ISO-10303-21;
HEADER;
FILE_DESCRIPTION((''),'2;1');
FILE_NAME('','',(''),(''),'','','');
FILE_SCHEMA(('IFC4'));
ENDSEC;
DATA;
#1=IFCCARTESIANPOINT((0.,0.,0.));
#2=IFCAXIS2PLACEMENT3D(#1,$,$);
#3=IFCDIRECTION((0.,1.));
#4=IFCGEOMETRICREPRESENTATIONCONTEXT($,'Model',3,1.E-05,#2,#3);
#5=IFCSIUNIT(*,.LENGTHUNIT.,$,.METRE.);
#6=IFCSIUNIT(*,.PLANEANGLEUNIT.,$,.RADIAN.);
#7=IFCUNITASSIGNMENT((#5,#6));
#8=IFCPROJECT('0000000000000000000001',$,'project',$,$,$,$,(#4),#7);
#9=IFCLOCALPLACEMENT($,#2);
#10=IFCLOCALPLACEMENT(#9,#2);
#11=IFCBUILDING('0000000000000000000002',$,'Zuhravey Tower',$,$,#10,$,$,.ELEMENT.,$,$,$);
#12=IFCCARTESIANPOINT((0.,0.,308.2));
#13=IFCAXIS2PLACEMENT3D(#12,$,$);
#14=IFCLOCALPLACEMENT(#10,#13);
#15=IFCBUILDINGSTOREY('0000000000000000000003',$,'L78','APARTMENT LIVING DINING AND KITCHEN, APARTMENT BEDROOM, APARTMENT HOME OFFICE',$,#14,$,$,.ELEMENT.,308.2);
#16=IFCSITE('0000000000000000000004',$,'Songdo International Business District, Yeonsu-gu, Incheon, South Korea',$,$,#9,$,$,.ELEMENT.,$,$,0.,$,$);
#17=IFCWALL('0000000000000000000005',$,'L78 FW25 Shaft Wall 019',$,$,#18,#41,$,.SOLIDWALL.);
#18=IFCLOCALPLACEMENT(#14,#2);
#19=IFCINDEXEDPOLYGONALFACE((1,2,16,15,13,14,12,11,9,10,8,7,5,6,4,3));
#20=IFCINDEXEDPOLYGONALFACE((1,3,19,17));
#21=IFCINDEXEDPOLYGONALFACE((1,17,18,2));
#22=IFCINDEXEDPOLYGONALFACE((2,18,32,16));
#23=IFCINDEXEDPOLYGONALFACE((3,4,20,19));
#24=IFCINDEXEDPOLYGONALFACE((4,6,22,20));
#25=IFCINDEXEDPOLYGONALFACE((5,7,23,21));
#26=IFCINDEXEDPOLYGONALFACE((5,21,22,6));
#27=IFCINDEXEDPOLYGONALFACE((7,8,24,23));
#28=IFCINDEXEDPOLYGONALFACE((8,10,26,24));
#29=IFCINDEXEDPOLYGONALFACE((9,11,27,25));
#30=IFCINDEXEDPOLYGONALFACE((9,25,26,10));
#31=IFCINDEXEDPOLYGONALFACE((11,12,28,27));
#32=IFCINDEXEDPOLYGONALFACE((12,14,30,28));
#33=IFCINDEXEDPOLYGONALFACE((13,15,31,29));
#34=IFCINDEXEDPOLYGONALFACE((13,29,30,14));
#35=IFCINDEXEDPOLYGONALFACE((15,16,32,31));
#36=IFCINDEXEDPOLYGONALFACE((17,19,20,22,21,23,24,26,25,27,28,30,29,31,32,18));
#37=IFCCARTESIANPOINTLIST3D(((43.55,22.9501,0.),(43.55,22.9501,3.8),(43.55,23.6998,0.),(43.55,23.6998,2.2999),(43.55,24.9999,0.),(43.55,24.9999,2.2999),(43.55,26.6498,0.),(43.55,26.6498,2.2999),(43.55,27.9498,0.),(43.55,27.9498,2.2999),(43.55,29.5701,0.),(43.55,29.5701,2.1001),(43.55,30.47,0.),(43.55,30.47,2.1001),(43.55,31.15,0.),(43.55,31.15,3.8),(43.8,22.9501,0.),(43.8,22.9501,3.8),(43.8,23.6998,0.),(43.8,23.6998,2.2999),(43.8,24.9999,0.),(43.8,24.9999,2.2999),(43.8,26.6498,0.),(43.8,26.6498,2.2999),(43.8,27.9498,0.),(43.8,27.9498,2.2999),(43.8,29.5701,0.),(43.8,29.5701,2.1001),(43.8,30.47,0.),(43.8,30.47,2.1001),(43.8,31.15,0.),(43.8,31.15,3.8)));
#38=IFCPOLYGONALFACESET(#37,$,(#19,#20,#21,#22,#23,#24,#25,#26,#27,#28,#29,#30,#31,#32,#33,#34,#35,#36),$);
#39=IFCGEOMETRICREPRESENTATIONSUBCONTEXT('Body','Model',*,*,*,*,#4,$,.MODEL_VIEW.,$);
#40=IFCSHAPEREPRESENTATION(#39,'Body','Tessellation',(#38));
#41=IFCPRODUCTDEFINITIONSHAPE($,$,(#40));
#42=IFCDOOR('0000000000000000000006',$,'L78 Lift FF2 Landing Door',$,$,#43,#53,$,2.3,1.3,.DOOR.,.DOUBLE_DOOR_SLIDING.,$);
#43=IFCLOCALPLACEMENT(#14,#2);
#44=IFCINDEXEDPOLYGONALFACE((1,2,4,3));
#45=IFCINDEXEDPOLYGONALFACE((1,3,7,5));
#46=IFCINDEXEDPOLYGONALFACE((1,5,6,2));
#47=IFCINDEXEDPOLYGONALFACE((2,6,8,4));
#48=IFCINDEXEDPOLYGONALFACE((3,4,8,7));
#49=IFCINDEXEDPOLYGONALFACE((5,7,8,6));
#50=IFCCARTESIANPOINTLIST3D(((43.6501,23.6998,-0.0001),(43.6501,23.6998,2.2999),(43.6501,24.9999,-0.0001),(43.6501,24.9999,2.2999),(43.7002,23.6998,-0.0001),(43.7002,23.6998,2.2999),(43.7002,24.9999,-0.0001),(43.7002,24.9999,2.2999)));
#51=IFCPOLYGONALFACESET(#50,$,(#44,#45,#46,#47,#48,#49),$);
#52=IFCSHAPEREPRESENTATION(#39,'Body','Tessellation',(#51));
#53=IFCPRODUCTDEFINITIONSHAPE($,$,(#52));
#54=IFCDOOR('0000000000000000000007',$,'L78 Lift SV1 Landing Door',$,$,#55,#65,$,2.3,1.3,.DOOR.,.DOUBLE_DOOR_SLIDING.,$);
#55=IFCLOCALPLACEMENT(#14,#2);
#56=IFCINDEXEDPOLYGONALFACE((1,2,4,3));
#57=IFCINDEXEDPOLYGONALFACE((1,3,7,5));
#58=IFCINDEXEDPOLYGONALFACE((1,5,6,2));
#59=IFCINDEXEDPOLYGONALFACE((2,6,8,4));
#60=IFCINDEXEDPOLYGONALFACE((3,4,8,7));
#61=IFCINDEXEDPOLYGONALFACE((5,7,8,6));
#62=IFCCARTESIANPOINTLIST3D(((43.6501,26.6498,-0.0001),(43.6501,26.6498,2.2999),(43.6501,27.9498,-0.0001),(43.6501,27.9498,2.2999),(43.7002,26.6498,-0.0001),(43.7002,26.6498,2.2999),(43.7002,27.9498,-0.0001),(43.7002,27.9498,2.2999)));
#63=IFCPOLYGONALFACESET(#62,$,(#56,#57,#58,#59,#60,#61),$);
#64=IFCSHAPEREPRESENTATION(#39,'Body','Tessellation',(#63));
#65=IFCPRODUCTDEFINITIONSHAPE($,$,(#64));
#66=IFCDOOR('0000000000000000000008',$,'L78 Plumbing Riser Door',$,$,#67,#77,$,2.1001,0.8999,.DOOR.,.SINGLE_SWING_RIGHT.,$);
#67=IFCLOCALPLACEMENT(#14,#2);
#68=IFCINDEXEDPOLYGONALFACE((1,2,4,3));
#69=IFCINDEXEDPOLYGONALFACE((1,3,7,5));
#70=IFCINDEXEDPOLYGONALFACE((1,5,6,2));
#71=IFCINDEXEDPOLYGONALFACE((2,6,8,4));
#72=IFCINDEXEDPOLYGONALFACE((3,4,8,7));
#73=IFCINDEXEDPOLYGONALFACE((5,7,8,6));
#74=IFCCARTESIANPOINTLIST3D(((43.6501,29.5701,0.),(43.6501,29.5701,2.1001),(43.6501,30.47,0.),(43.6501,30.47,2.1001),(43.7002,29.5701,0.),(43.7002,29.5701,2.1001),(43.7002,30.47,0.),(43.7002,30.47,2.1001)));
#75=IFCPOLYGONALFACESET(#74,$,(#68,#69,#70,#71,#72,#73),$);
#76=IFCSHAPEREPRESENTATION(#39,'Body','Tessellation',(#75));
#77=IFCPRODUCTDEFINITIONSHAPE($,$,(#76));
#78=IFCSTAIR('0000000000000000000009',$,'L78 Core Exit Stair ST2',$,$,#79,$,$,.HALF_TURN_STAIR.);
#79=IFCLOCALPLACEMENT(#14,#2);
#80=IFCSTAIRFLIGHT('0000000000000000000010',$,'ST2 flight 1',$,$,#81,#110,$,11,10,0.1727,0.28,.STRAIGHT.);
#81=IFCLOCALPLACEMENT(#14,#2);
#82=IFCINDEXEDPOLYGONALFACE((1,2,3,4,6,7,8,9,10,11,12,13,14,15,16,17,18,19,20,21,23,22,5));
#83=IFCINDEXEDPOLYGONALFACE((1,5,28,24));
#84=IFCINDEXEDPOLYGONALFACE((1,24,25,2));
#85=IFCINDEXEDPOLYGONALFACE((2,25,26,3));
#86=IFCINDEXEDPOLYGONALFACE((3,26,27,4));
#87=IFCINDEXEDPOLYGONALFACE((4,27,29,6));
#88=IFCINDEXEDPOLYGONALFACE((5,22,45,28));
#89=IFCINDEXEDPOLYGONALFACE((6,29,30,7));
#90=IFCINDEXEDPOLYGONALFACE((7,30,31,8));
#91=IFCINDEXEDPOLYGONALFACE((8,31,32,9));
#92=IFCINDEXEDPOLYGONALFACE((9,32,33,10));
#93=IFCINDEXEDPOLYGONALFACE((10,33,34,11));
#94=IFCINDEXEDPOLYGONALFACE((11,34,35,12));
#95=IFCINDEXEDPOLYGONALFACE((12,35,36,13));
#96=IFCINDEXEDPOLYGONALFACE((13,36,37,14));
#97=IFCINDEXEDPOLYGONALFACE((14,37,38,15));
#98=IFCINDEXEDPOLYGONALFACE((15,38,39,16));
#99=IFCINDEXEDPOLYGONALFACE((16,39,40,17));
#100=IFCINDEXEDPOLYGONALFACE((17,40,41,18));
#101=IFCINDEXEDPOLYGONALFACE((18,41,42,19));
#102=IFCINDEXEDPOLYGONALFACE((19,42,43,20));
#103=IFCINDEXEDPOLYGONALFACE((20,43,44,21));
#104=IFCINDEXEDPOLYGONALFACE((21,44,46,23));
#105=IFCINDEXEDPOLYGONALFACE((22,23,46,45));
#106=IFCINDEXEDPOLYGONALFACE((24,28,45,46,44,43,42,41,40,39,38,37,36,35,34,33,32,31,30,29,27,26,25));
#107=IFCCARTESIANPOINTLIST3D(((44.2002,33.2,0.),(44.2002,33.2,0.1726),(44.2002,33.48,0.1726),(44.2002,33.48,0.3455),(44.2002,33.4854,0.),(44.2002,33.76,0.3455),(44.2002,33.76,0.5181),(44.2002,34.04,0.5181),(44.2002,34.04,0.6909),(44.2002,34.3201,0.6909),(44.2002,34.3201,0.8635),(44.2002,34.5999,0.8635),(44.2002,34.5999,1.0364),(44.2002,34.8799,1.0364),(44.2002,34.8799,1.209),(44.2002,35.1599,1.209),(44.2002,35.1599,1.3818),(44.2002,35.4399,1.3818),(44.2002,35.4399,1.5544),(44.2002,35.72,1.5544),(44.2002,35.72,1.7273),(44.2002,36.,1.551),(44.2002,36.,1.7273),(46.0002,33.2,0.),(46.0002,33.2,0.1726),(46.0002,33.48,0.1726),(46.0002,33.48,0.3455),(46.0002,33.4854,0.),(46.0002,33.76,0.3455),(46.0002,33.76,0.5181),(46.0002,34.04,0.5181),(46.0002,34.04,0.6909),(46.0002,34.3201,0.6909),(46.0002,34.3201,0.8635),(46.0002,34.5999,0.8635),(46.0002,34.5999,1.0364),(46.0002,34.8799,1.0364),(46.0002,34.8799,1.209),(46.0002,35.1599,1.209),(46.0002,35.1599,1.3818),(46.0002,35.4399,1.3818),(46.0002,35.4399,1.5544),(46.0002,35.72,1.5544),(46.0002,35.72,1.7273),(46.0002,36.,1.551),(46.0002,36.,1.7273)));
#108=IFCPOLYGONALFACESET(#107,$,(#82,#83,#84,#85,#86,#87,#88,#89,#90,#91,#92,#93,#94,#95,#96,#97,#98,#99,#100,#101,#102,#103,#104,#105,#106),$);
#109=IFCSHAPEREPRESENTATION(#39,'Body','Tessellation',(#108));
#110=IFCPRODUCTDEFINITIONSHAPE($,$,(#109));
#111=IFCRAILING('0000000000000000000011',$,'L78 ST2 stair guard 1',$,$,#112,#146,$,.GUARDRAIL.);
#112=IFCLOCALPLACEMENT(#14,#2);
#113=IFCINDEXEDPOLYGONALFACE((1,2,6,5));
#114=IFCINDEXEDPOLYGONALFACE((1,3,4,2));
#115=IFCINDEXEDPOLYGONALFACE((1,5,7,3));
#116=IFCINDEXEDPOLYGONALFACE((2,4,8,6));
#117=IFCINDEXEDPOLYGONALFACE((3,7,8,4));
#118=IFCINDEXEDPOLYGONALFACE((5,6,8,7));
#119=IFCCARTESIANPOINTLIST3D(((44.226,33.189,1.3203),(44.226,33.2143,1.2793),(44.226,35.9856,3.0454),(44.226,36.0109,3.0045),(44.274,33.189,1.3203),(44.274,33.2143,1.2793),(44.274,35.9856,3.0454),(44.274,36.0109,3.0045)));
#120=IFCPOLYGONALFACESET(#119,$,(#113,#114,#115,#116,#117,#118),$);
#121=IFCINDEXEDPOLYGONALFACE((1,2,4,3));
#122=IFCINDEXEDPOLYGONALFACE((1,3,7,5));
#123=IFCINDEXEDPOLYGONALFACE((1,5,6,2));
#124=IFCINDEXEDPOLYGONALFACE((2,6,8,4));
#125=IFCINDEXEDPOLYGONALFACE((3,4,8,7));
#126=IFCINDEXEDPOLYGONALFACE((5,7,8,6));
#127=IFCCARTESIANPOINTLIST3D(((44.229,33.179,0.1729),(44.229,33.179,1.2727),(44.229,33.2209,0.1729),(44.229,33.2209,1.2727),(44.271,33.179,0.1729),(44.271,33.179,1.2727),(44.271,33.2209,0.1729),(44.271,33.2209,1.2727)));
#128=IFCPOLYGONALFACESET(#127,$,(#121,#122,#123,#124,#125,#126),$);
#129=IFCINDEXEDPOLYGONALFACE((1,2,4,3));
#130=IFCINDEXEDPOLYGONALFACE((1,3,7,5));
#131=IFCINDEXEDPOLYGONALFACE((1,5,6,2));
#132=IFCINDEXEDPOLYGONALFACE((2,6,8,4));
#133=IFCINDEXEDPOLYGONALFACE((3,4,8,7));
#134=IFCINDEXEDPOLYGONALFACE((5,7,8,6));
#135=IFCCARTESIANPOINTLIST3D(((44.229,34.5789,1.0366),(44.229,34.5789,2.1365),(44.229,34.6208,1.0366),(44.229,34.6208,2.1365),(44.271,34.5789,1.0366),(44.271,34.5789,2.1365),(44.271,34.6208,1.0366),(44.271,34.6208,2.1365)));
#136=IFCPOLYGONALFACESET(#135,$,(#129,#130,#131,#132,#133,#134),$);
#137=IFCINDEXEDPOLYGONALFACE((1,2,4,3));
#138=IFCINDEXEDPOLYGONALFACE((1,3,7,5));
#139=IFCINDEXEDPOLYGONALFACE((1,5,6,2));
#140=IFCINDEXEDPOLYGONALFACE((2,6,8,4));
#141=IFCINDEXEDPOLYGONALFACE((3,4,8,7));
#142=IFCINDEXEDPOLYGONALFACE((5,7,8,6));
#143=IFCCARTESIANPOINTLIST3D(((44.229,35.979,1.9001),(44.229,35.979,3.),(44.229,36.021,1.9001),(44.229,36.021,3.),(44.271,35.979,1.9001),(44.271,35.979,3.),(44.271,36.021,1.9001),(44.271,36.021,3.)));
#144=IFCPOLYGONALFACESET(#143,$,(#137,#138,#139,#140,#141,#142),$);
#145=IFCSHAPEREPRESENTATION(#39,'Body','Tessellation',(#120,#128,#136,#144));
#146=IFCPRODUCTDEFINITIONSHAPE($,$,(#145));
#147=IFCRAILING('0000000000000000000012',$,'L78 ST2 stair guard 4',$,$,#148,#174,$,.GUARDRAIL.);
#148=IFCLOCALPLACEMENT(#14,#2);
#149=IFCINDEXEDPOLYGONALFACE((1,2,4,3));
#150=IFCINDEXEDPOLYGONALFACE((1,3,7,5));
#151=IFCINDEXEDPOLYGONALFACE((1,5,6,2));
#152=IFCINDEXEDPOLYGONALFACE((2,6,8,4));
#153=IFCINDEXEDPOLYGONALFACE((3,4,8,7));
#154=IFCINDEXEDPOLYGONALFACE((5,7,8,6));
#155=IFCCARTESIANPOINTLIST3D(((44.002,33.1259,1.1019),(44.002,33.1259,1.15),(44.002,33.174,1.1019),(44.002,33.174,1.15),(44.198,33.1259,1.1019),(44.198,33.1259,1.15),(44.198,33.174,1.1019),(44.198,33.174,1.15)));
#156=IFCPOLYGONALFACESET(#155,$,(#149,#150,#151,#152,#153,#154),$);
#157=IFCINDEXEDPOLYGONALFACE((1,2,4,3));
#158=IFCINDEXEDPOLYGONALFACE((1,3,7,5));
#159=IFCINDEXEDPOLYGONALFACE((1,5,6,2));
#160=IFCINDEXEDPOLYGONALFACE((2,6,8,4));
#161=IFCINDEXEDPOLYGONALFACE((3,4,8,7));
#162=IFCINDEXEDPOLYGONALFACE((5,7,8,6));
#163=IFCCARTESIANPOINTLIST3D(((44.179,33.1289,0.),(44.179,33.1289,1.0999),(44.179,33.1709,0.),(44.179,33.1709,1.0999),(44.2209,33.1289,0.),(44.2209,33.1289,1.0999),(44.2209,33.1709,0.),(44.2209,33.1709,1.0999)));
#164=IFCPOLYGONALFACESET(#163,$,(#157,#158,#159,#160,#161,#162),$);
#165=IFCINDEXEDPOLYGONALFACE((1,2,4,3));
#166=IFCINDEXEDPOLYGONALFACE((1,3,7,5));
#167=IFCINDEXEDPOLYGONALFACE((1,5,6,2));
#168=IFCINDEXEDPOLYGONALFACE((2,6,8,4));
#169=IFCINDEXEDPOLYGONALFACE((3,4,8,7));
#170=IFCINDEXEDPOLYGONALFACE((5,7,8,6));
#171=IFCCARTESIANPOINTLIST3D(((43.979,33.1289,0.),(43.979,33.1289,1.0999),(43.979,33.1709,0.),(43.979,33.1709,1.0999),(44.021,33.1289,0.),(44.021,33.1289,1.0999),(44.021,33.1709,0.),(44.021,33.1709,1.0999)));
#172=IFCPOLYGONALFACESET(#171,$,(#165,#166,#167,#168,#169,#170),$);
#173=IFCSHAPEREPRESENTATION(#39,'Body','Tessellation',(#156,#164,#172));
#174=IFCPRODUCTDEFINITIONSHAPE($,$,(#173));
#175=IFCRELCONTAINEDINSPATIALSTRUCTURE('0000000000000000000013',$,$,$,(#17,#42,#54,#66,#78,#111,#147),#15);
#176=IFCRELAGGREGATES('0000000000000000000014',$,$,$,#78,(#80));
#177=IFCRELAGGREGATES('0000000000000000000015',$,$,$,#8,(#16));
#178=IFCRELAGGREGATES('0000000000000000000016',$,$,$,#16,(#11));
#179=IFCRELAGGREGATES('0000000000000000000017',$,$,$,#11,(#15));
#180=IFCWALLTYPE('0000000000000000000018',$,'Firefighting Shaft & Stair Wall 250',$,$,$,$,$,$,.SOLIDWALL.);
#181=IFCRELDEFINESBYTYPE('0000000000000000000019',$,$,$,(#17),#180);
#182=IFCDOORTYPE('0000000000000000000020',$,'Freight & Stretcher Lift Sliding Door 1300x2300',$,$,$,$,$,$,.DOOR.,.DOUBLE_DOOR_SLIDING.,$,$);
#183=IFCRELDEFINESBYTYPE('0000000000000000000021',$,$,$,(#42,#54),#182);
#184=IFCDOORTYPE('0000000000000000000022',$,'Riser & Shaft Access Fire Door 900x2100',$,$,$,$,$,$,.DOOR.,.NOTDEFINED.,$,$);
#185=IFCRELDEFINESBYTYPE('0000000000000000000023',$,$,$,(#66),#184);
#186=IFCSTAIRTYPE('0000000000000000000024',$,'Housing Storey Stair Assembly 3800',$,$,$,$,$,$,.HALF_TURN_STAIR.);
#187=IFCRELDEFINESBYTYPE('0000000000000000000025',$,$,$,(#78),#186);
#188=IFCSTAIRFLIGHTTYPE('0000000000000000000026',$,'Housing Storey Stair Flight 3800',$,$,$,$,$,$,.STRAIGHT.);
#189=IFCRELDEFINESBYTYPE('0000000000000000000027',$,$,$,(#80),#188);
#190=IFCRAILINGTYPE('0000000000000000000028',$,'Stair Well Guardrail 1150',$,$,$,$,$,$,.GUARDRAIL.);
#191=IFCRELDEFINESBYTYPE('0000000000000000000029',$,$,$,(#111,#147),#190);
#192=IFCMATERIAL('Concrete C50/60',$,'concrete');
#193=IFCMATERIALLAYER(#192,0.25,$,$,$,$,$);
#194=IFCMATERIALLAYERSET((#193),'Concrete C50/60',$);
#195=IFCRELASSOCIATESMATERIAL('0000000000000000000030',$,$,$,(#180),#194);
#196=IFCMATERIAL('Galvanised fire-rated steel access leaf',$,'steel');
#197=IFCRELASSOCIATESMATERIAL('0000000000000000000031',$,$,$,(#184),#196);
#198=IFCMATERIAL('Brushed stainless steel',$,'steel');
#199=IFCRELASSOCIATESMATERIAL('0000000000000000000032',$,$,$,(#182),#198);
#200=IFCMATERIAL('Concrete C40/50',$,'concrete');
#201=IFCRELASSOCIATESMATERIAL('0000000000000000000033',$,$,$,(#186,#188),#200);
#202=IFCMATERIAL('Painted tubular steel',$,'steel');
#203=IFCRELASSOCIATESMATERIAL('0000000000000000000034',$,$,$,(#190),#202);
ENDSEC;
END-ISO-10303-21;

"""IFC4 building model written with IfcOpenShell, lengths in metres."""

from ifc_helpers import new_model, si_unit, direction, frame, frame_2d, origin, origin_2d, place, context, subcontext, project, spatial, polyline, rectangle, outline, extrude, material, layer, layer_set, type_object, element, fill, aggregate, save


model = new_model("IFC4")

# Units and contexts
model_context = context("Model", 3, precision=1e-05, world=origin(), true_north=direction((0.0, 1.0)))
body_context = subcontext(model_context, "Body", "Model", "MODEL_VIEW")
ifc_project = project(units=[si_unit("LENGTHUNIT", "METRE"), si_unit("PLANEANGLEUNIT", "RADIAN")], contexts=[model_context])

# Site, building, storey
site_placement = place(None, origin())
site = spatial("IfcSite", under=ifc_project, at=site_placement, Name="Songdo International Business District, Yeonsu-gu, Incheon, South Korea", CompositionType="ELEMENT", RefElevation=0.0)
building_placement = place(site_placement, origin())
building = spatial("IfcBuilding", under=site, at=building_placement, Name="Zuhravey Tower", CompositionType="ELEMENT")
storey_placement = place(building_placement, frame((0.0, 0.0, 308.2)))
storey = spatial("IfcBuildingStorey", under=building, at=storey_placement, Name="L78", Description="APARTMENT LIVING DINING AND KITCHEN, APARTMENT BEDROOM, APARTMENT HOME OFFICE", CompositionType="ELEMENT", Elevation=308.2)

# Shared definitions
ifc_material_1 = material(Name="Concrete C50/60", Category="concrete")
ifc_layer = layer(ifc_material_1, 0.25)
ifc_layer_set = layer_set([ifc_layer], Name="Concrete C50/60")
wall_type = type_object("IfcWallType", Name="Firefighting Shaft & Stair Wall 250", PredefinedType="SOLIDWALL", material=ifc_layer_set)

# Shared definitions
ifc_material_2 = material(Name="Galvanised fire-rated steel access leaf", Category="steel")
door_type_1 = type_object("IfcDoorType", Name="Riser & Shaft Access Fire Door 900x2100", OperationType="NOTDEFINED", PredefinedType="DOOR", material=ifc_material_2)
ifc_material_3 = material(Name="Brushed stainless steel", Category="steel")

# Wall, openings, doors
wall_1_placement = place(storey_placement, frame((43.675, 22.95, 0.0), z_axis=(0.0, 0.0, 1.0), x_axis=(0.0, 1.0, 0.0)))
wall_1 = element("IfcWall", 1, at=wall_1_placement, inside=storey, type_object=wall_type, Name="L78 FW25 Shaft Wall 019", PredefinedType="SOLIDWALL", context=body_context, shape_type="SweptSolid", body=[
    extrude(rectangle(XDim=8.2, YDim=0.25, at=frame_2d((4.1001, 0.0))), origin(), (0.0, 0.0, 1.0), 3.8),
])
opening_1_placement = place(wall_1_placement, frame((0.75, 0.0, 0.0)))
opening_1 = element("IfcOpeningElement", 2, at=opening_1_placement, cuts=wall_1, PredefinedType="OPENING", context=body_context, shape_type="SweptSolid", body=[
    extrude(rectangle(XDim=1.3, YDim=2.3, at=frame_2d((0.6499, 1.1499))), frame((0.0, 0.137, 0.0), z_axis=(0.0, -1.0, 0.0), x_axis=(1.0, 0.0, 0.0)), (0.0, 0.0, 1.0), 0.2739),
])
opening_2_placement = place(wall_1_placement, frame((3.7, 0.0, 0.0)))
opening_2 = element("IfcOpeningElement", 3, at=opening_2_placement, cuts=wall_1, PredefinedType="OPENING", context=body_context, shape_type="SweptSolid", body=[
    extrude(rectangle(XDim=1.3, YDim=2.3, at=frame_2d((0.6499, 1.1499))), frame((0.0, 0.137, 0.0), z_axis=(0.0, -1.0, 0.0), x_axis=(1.0, 0.0, 0.0)), (0.0, 0.0, 1.0), 0.2739),
])
opening_3_placement = place(wall_1_placement, frame((6.6201, 0.0, 0.0)))
opening_3 = element("IfcOpeningElement", 4, at=opening_3_placement, cuts=wall_1, PredefinedType="OPENING", context=body_context, shape_type="SweptSolid", body=[
    extrude(rectangle(XDim=0.8999, YDim=2.1001, at=frame_2d((0.45, 1.05))), frame((0.0, 0.137, 0.0), z_axis=(0.0, -1.0, 0.0), x_axis=(1.0, 0.0, 0.0)), (0.0, 0.0, 1.0), 0.2739),
])
door_type_2 = type_object("IfcDoorType", Name="Freight & Stretcher Lift Sliding Door 1300x2300", OperationType="DOUBLE_DOOR_SLIDING", PredefinedType="DOOR", material=ifc_material_3)
door_1_placement = place(opening_1_placement, origin())
door_1 = element("IfcDoor", 5, at=door_1_placement, inside=storey, type_object=door_type_2, Name="L78 Lift FF2 Landing Door", OperationType="DOUBLE_DOOR_SLIDING", OverallHeight=2.3, OverallWidth=1.3, PredefinedType="DOOR", context=body_context, shape_type="SweptSolid", body=[
    extrude(rectangle(XDim=1.3, YDim=2.3, at=frame_2d((0.6499, 1.1499))), frame((0.0, 0.0249, 0.0), z_axis=(0.0, -1.0, 0.0), x_axis=(1.0, 0.0, 0.0)), (0.0, 0.0, 1.0), 0.05),
])
fill(opening_1, door_1)
door_2_placement = place(opening_2_placement, origin())
door_2 = element("IfcDoor", 6, at=door_2_placement, inside=storey, type_object=door_type_2, Name="L78 Lift SV1 Landing Door", OperationType="DOUBLE_DOOR_SLIDING", OverallHeight=2.3, OverallWidth=1.3, PredefinedType="DOOR", context=body_context, shape_type="SweptSolid", body=[
    extrude(rectangle(XDim=1.3, YDim=2.3, at=frame_2d((0.6499, 1.1499))), frame((0.0, 0.0249, 0.0), z_axis=(0.0, -1.0, 0.0), x_axis=(1.0, 0.0, 0.0)), (0.0, 0.0, 1.0), 0.05),
])
fill(opening_2, door_2)
door_3_placement = place(opening_3_placement, origin())
door_3 = element("IfcDoor", 7, at=door_3_placement, inside=storey, type_object=door_type_1, Name="L78 Plumbing Riser Door", OperationType="SINGLE_SWING_RIGHT", OverallHeight=2.1001, OverallWidth=0.8999, PredefinedType="DOOR", context=body_context, shape_type="SweptSolid", body=[
    extrude(rectangle(XDim=0.8999, YDim=2.1001, at=frame_2d((0.45, 1.05))), frame((0.0, 0.0249, 0.0), z_axis=(0.0, -1.0, 0.0), x_axis=(1.0, 0.0, 0.0)), (0.0, 0.0, 1.0), 0.05),
])
fill(opening_3, door_3)

# Stair, stair flight
ifc_material_4 = material(Name="Concrete C40/50", Category="concrete")
stair_type = type_object("IfcStairType", Name="Housing Storey Stair Assembly 3800", PredefinedType="HALF_TURN_STAIR", material=ifc_material_4)
stair_placement = place(storey_placement, origin())
stair = element("IfcStair", 8, at=stair_placement, inside=storey, type_object=stair_type, Name="L78 Core Exit Stair ST2", PredefinedType="HALF_TURN_STAIR")
stair_flight_type = type_object("IfcStairFlightType", Name="Housing Storey Stair Flight 3800", PredefinedType="STRAIGHT", material=ifc_material_4)
stair_flight_placement = place(storey_placement, frame((45.1001, 33.2, 0.0), z_axis=(0.0, 0.0, 1.0), x_axis=(0.0, 1.0, 0.0)))
stair_flight = element("IfcStairFlight", 9, at=stair_flight_placement, type_object=stair_flight_type, Name="ST2 flight 1", NumberOfRisers=11, NumberOfTreads=10, PredefinedType="STRAIGHT", RiserHeight=0.1727, TreadLength=0.28, context=body_context, shape_type="SweptSolid", body=[
    extrude(outline(polyline([(0.0, 0.0), (0.0, 0.1726), (0.28, 0.1726), (0.28, 0.3455), (0.5601, 0.3455), (0.5601, 0.5181), (0.8401, 0.5181), (0.8401, 0.6909), (1.1201, 0.6909), (1.1201, 0.8635), (1.3999, 0.8635), (1.3999, 1.0364), (1.6799, 1.0364), (1.6799, 1.209), (1.96, 1.209), (1.96, 1.3818), (2.24, 1.3818), (2.24, 1.5544), (2.52, 1.5544), (2.52, 1.7273), (2.8, 1.7273), (2.8, 1.8999), (2.8, 1.551), (0.2854, 0.0), (0.0, 0.0)])), frame((0.0, 0.8999, 0.0), z_axis=(0.0, -1.0, 0.0), x_axis=(1.0, 0.0, 0.0)), (0.0, 0.0, 1.0), 1.8),
])
aggregate(stair, [stair_flight])

# Railings
ifc_material_5 = material(Name="Painted tubular steel", Category="steel")
railing_type = type_object("IfcRailingType", Name="Stair Well Guardrail 1150", PredefinedType="GUARDRAIL", material=ifc_material_5)
railing_1_placement = place(storey_placement, frame((44.25, 33.2, 0.1729)))
element("IfcRailing", 10, at=railing_1_placement, inside=storey, type_object=railing_type, Name="L78 ST2 stair guard 1", PredefinedType="GUARDRAIL", context=body_context, shape_type="SweptSolid", body=[
    extrude(rectangle(XDim=0.0481, YDim=0.0481, at=origin_2d()), frame((0.0, 0.0017, 1.127), z_axis=(0.0, 0.85109, 0.52502), x_axis=(-1.0, 0.0, 0.0)), (0.0, 0.0, 1.0), 3.2859),
    extrude(rectangle(XDim=0.042, YDim=0.042, at=origin_2d()), origin(), (0.0, 0.0, 1.0), 1.0999),
    extrude(rectangle(XDim=0.042, YDim=0.042, at=origin_2d()), frame((0.0, 1.3999, 0.8638)), (0.0, 0.0, 1.0), 1.0999),
    extrude(rectangle(XDim=0.042, YDim=0.042, at=origin_2d()), frame((0.0, 2.8, 1.7273)), (0.0, 0.0, 1.0), 1.0999),
])
railing_2_placement = place(storey_placement, frame((44.2, 33.1499, 0.0)))
element("IfcRailing", 11, at=railing_2_placement, inside=storey, type_object=railing_type, Name="L78 ST2 stair guard 4", PredefinedType="GUARDRAIL", context=body_context, shape_type="SweptSolid", body=[
    extrude(rectangle(XDim=0.0481, YDim=0.0481, at=origin_2d()), frame((-0.002, 0.0, 1.126), z_axis=(-1.0, 0.0, 0.0), x_axis=(0.0, -1.0, 0.0)), (0.0, 0.0, 1.0), 0.196),
    extrude(rectangle(XDim=0.042, YDim=0.042, at=origin_2d()), origin(), (0.0, 0.0, 1.0), 1.0999),
    extrude(rectangle(XDim=0.042, YDim=0.042, at=origin_2d()), frame((-0.2, 0.0, 0.0)), (0.0, 0.0, 1.0), 1.0999),
])

save(model, "model.ifc")
